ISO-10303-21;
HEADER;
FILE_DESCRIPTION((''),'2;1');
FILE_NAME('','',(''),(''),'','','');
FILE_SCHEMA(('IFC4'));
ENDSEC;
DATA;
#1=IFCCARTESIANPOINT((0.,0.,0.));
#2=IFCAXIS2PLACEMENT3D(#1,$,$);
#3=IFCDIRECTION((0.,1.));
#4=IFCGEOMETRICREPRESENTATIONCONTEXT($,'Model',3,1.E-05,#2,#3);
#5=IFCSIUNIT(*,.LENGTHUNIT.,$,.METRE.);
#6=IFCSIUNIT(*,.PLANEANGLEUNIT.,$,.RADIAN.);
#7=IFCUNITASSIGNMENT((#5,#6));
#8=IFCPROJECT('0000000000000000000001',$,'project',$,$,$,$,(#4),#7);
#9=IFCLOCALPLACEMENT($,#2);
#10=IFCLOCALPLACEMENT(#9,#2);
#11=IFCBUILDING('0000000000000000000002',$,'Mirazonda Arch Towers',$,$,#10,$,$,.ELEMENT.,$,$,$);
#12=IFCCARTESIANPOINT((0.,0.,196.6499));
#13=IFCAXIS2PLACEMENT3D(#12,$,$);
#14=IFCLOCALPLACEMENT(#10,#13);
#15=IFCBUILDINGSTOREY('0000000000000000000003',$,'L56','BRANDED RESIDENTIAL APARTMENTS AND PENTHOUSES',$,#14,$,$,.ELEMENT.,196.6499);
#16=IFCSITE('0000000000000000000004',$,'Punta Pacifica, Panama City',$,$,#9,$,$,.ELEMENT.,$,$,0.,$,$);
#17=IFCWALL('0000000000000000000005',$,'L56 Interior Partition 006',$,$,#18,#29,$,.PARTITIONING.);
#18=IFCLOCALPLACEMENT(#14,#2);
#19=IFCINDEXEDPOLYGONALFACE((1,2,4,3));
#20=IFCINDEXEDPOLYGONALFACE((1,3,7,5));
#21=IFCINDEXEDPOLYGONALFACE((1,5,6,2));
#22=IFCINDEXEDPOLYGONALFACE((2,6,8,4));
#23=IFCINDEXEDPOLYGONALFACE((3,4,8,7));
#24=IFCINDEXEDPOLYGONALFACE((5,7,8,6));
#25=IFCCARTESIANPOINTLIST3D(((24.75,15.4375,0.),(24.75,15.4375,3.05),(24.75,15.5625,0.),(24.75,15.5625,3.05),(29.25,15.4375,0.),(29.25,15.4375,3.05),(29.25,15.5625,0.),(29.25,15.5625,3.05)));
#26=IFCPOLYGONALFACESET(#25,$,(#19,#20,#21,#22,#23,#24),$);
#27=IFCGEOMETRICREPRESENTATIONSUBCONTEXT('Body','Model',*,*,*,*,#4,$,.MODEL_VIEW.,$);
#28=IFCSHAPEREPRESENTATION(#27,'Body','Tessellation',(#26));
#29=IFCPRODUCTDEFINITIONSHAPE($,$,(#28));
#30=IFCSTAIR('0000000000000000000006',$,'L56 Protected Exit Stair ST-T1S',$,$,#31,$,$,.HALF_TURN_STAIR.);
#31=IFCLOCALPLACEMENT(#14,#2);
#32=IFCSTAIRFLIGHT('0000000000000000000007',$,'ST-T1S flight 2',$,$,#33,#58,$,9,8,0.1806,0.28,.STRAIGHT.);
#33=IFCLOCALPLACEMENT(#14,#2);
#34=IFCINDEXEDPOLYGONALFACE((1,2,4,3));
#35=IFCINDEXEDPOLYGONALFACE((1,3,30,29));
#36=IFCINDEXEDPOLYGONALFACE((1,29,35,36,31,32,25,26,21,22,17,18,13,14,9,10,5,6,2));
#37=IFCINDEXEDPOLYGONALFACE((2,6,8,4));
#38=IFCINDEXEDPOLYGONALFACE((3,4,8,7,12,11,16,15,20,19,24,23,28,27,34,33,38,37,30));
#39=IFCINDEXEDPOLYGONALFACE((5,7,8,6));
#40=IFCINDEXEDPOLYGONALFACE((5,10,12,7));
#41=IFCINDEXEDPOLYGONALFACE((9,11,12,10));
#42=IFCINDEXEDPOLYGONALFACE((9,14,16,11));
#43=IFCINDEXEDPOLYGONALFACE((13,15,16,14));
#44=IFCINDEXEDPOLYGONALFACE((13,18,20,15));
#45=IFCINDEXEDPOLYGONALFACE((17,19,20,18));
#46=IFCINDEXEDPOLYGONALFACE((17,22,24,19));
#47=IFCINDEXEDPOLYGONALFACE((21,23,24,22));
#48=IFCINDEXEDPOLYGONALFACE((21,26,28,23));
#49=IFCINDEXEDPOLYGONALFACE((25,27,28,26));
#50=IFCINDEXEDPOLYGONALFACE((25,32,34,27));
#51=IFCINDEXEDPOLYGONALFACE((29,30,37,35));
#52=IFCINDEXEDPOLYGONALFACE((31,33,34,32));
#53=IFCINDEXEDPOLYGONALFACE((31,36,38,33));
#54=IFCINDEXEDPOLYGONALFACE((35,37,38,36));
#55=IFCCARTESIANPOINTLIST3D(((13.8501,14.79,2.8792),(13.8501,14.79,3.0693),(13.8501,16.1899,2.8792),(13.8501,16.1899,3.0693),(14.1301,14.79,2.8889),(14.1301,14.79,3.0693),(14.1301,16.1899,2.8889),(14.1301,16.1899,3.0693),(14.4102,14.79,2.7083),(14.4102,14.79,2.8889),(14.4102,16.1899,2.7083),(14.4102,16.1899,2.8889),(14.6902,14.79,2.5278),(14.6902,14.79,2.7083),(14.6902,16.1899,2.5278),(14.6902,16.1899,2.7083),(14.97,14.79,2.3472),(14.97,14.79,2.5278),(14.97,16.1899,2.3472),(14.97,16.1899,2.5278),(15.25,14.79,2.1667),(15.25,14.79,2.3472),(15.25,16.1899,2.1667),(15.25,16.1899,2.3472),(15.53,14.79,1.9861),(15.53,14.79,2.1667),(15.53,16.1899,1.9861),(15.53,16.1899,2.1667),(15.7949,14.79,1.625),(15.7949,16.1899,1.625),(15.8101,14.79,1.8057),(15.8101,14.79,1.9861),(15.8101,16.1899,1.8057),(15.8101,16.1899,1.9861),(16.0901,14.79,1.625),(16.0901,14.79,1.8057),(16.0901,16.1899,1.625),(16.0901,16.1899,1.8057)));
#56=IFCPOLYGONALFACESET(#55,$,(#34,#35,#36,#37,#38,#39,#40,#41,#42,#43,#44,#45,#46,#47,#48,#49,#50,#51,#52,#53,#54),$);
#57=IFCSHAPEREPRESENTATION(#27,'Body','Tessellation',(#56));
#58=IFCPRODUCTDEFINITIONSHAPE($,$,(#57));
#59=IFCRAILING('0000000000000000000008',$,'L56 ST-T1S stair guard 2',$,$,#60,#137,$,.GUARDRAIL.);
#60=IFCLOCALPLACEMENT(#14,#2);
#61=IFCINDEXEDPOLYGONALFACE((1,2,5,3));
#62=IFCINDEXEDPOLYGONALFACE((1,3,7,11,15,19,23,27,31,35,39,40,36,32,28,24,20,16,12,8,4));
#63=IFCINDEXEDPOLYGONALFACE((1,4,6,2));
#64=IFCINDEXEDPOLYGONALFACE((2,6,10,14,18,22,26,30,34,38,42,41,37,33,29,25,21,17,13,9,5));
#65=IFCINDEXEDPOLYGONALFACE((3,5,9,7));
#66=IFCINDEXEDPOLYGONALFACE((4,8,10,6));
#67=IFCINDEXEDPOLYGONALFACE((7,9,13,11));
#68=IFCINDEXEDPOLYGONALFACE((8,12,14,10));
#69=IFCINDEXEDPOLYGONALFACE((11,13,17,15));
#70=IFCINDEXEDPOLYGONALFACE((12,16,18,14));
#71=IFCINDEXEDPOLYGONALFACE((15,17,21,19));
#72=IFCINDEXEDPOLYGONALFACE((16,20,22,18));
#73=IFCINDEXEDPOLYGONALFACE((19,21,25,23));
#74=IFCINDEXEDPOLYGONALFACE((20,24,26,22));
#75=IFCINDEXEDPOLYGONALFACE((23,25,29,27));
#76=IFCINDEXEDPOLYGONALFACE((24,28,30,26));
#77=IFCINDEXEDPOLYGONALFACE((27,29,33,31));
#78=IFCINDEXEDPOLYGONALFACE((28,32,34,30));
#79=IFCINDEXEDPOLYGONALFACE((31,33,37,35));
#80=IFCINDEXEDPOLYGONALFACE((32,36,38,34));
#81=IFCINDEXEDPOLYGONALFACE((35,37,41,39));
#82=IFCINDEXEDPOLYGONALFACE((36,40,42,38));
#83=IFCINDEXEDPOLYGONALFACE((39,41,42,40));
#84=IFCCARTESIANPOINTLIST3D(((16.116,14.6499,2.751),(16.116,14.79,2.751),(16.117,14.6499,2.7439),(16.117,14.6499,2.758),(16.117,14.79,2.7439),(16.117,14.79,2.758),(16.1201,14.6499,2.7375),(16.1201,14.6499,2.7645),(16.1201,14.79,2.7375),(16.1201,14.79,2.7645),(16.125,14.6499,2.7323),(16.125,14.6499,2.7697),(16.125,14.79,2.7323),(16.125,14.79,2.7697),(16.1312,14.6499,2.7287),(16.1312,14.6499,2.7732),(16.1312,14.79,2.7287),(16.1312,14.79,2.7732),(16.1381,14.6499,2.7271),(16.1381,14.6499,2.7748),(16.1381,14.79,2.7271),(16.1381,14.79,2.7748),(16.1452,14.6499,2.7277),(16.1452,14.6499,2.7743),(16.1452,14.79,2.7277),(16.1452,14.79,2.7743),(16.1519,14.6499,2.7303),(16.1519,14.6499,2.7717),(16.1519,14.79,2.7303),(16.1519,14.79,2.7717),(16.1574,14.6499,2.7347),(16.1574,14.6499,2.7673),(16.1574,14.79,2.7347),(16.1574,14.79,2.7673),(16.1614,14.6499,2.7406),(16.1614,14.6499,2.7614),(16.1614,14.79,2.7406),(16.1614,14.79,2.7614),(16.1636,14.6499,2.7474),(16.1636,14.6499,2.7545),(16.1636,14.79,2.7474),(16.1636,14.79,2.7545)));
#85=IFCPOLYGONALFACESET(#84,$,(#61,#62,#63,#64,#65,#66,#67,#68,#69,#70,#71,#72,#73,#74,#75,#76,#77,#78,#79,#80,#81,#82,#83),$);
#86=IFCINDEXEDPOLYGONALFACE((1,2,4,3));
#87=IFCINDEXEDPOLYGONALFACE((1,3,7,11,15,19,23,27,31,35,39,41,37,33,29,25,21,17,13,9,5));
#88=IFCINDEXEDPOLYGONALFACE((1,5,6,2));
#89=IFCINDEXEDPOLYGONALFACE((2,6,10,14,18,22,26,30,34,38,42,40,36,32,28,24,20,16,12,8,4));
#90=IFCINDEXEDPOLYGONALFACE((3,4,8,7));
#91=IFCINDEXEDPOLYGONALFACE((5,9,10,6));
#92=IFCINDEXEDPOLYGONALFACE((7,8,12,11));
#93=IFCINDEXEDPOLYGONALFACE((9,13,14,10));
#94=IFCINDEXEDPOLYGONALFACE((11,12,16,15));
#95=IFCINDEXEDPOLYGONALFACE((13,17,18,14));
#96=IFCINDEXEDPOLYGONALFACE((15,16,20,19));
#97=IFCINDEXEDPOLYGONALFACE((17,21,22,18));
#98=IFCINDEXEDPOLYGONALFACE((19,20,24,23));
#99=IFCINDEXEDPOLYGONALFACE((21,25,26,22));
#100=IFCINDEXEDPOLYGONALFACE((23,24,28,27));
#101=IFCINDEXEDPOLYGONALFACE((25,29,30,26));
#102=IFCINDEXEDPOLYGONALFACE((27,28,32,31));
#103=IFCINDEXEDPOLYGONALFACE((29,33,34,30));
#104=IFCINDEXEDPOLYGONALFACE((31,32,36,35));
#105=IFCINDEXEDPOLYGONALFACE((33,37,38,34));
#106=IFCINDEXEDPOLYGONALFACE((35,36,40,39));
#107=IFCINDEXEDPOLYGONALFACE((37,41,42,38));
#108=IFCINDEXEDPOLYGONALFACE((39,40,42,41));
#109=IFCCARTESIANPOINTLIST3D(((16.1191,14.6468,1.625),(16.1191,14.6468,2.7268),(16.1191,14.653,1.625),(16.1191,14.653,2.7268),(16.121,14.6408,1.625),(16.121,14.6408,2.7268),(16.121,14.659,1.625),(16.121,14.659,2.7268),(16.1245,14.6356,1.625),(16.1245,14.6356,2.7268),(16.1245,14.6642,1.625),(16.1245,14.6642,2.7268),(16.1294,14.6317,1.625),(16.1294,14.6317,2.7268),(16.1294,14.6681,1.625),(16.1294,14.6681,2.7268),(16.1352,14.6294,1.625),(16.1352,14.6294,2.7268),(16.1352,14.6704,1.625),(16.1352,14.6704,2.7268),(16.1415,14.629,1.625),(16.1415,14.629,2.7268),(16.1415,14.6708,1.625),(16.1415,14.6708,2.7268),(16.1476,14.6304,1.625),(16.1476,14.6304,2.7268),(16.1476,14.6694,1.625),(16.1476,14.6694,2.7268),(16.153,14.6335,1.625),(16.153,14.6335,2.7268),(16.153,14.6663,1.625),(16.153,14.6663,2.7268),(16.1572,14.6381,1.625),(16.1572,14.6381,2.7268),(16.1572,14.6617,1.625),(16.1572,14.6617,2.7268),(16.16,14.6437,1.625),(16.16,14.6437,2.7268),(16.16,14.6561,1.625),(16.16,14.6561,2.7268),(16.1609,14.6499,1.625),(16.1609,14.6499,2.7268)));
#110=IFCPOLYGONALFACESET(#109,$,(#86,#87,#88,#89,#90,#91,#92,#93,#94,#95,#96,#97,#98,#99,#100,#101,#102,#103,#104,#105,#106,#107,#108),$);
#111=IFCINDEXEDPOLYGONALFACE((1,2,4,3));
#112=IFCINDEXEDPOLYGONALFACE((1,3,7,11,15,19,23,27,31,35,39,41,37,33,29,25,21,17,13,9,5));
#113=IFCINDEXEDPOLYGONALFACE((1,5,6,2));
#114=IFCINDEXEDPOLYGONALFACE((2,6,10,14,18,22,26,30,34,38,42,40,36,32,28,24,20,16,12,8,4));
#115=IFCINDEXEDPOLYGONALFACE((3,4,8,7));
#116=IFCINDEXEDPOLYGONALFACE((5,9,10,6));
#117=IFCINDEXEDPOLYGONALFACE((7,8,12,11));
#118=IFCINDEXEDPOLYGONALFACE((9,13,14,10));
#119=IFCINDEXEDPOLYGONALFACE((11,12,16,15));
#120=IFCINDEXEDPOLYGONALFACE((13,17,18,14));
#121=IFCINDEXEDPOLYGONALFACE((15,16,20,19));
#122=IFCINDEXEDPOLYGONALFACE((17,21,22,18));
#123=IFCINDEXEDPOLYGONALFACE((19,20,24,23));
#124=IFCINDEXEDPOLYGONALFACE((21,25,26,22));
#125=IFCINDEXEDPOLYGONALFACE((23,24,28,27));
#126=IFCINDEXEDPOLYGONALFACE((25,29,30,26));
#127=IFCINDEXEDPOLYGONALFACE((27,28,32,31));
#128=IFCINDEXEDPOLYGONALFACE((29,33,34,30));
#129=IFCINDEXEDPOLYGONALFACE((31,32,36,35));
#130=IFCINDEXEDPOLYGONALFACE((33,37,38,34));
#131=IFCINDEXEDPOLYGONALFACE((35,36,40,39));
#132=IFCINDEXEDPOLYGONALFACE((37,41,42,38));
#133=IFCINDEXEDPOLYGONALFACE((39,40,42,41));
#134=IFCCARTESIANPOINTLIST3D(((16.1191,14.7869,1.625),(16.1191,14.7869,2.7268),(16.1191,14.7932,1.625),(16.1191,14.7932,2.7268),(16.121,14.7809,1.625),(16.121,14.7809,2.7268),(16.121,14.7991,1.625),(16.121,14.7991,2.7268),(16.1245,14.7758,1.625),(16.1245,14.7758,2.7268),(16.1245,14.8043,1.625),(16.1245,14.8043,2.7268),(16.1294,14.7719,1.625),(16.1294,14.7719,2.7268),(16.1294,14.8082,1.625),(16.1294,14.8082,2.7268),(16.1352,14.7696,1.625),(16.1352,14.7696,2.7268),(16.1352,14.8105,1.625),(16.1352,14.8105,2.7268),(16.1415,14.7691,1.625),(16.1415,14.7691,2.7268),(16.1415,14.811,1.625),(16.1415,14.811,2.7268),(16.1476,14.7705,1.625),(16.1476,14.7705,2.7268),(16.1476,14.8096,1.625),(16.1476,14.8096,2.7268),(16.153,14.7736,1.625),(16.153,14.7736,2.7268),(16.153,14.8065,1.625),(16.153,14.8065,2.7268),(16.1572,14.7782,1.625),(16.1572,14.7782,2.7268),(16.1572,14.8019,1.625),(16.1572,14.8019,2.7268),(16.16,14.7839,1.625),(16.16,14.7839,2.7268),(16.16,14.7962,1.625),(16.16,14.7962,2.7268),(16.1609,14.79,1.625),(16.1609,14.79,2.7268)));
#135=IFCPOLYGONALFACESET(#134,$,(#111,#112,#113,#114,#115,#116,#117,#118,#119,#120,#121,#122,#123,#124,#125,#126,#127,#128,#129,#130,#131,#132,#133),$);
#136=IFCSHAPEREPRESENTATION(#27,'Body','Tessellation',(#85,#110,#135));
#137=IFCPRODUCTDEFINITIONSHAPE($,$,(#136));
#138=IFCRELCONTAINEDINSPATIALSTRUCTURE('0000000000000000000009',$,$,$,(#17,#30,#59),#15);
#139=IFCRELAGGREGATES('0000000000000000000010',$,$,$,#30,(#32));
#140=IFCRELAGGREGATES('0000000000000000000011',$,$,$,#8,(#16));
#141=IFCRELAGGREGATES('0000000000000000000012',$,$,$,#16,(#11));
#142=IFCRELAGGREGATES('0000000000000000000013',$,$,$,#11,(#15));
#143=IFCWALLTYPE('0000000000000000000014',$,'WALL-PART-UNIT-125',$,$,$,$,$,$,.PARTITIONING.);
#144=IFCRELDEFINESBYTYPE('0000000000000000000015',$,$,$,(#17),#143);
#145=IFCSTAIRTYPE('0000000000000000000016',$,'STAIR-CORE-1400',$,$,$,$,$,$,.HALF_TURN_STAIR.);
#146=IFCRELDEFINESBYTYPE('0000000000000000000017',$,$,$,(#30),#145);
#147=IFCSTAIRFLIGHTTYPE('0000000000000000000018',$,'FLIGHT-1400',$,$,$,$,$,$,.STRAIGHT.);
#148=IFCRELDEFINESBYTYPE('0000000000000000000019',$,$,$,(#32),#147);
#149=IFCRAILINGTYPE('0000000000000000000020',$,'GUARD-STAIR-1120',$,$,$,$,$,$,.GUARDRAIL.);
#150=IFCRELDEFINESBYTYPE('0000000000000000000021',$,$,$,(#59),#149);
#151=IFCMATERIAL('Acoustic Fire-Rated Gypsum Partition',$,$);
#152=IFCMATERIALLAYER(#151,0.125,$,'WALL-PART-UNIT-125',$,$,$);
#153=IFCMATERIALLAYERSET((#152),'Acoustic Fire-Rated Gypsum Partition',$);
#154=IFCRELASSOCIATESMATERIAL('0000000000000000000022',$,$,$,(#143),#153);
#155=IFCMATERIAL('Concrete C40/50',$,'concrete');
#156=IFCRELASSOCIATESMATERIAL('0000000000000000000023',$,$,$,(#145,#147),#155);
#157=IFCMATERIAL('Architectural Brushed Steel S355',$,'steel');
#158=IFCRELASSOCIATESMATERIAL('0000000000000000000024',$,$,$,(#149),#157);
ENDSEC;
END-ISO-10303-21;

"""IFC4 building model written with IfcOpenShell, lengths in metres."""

from ifc_helpers import new_model, si_unit, direction, frame, frame_2d, origin, origin_2d, place, context, subcontext, project, spatial, polyline, rectangle, circle, outline, extrude, material, layer, layer_set, type_object, element, aggregate, save


model = new_model("IFC4")

# Units and contexts
model_context = context("Model", 3, precision=1e-05, world=origin(), true_north=direction((0.0, 1.0)))
body_context = subcontext(model_context, "Body", "Model", "MODEL_VIEW")
ifc_project = project(units=[si_unit("LENGTHUNIT", "METRE"), si_unit("PLANEANGLEUNIT", "RADIAN")], contexts=[model_context])

# Site, building, storey
site_placement = place(None, origin())
site = spatial("IfcSite", under=ifc_project, at=site_placement, Name="Punta Pacifica, Panama City", CompositionType="ELEMENT", RefElevation=0.0)
building_placement = place(site_placement, origin())
building = spatial("IfcBuilding", under=site, at=building_placement, Name="Mirazonda Arch Towers", CompositionType="ELEMENT")
storey_placement = place(building_placement, frame((0.0, 0.0, 196.6499)))
storey = spatial("IfcBuildingStorey", under=building, at=storey_placement, Name="L56", Description="BRANDED RESIDENTIAL APARTMENTS AND PENTHOUSES", CompositionType="ELEMENT", Elevation=196.6499)

# Shared definitions
ifc_material_1 = material(Name="Concrete C40/50", Category="concrete")

# Shared definitions
ifc_material_2 = material(Name="Architectural Brushed Steel S355", Category="steel")

# Wall
ifc_material_3 = material(Name="Acoustic Fire-Rated Gypsum Partition")
ifc_layer_1 = layer(ifc_material_3, 0.125, Name="WALL-PART-UNIT-125")
ifc_layer_set_1 = layer_set([ifc_layer_1], Name="Acoustic Fire-Rated Gypsum Partition")
wall_type_1 = type_object("IfcWallType", Name="WALL-PART-UNIT-125", PredefinedType="PARTITIONING", material=ifc_layer_set_1)
wall_1_placement = place(storey_placement, frame((24.75, 15.5, 0.0), z_axis=(0.0, 0.0, 1.0), x_axis=(1.0, 0.0, 0.0)))
element("IfcWall", 1, at=wall_1_placement, inside=storey, type_object=wall_type_1, Name="L56 Interior Partition 006", PredefinedType="PARTITIONING", context=body_context, shape_type="SweptSolid", body=[
    extrude(rectangle(XDim=4.5, YDim=0.125, at=frame_2d((2.25, 0.0))), origin(), (0.0, 0.0, 1.0), 3.05),
])

# Stair, stair flight
stair_type = type_object("IfcStairType", Name="STAIR-CORE-1400", PredefinedType="HALF_TURN_STAIR", material=ifc_material_1)
stair_placement = place(storey_placement, origin())
stair = element("IfcStair", 2, at=stair_placement, inside=storey, type_object=stair_type, Name="L56 Protected Exit Stair ST-T1S", PredefinedType="HALF_TURN_STAIR")
stair_flight_type = type_object("IfcStairFlightType", Name="FLIGHT-1400", PredefinedType="STRAIGHT", material=ifc_material_1)
stair_flight_placement = place(storey_placement, frame((16.0901, 15.49, 1.625), z_axis=(0.0, 0.0, 1.0), x_axis=(-1.0, 0.0, 0.0)))
stair_flight = element("IfcStairFlight", 3, at=stair_flight_placement, type_object=stair_flight_type, Name="ST-T1S flight 2", NumberOfRisers=9, NumberOfTreads=8, PredefinedType="STRAIGHT", RiserHeight=0.1806, TreadLength=0.28, context=body_context, shape_type="SweptSolid", body=[
    extrude(outline(polyline([(0.0, 0.0), (0.0, 0.1807), (0.28, 0.1807), (0.28, 0.3611), (0.5601, 0.3611), (0.5601, 0.5417), (0.8401, 0.5417), (0.8401, 0.7222), (1.1201, 0.7222), (1.1201, 0.9028), (1.3999, 0.9028), (1.3999, 1.0833), (1.6799, 1.0833), (1.6799, 1.2639), (1.96, 1.2639), (1.96, 1.4443), (2.24, 1.4443), (2.24, 1.625), (2.24, 1.2542), (0.2952, 0.0), (0.0, 0.0)])), frame((0.0, 0.7, 0.0), z_axis=(0.0, -1.0, 0.0), x_axis=(1.0, 0.0, 0.0)), (0.0, 0.0, 1.0), 1.3999),
])
aggregate(stair, [stair_flight])

# Railing
railing_type_1 = type_object("IfcRailingType", Name="GUARD-STAIR-1120", PredefinedType="GUARDRAIL", material=ifc_material_2)
railing_1_placement = place(storey_placement, frame((16.1399, 14.6499, 1.625)))
element("IfcRailing", 4, at=railing_1_placement, inside=storey, type_object=railing_type_1, Name="L56 ST-T1S stair guard 2", PredefinedType="GUARDRAIL", context=body_context, shape_type="SweptSolid", body=[
    extrude(circle(Radius=0.0239, at=origin_2d()), frame((0.0, 0.0, 1.126), z_axis=(0.0, 1.0, 0.0), x_axis=(-1.0, 0.0, 0.0)), (0.0, 0.0, 1.0), 0.1401),
    extrude(circle(Radius=0.021, at=origin_2d()), origin(), (0.0, 0.0, 1.0), 1.1018),
    extrude(circle(Radius=0.021, at=origin_2d()), frame((0.0, 0.1401, 0.0)), (0.0, 0.0, 1.0), 1.1018),
])

save(model, "model.ifc")
